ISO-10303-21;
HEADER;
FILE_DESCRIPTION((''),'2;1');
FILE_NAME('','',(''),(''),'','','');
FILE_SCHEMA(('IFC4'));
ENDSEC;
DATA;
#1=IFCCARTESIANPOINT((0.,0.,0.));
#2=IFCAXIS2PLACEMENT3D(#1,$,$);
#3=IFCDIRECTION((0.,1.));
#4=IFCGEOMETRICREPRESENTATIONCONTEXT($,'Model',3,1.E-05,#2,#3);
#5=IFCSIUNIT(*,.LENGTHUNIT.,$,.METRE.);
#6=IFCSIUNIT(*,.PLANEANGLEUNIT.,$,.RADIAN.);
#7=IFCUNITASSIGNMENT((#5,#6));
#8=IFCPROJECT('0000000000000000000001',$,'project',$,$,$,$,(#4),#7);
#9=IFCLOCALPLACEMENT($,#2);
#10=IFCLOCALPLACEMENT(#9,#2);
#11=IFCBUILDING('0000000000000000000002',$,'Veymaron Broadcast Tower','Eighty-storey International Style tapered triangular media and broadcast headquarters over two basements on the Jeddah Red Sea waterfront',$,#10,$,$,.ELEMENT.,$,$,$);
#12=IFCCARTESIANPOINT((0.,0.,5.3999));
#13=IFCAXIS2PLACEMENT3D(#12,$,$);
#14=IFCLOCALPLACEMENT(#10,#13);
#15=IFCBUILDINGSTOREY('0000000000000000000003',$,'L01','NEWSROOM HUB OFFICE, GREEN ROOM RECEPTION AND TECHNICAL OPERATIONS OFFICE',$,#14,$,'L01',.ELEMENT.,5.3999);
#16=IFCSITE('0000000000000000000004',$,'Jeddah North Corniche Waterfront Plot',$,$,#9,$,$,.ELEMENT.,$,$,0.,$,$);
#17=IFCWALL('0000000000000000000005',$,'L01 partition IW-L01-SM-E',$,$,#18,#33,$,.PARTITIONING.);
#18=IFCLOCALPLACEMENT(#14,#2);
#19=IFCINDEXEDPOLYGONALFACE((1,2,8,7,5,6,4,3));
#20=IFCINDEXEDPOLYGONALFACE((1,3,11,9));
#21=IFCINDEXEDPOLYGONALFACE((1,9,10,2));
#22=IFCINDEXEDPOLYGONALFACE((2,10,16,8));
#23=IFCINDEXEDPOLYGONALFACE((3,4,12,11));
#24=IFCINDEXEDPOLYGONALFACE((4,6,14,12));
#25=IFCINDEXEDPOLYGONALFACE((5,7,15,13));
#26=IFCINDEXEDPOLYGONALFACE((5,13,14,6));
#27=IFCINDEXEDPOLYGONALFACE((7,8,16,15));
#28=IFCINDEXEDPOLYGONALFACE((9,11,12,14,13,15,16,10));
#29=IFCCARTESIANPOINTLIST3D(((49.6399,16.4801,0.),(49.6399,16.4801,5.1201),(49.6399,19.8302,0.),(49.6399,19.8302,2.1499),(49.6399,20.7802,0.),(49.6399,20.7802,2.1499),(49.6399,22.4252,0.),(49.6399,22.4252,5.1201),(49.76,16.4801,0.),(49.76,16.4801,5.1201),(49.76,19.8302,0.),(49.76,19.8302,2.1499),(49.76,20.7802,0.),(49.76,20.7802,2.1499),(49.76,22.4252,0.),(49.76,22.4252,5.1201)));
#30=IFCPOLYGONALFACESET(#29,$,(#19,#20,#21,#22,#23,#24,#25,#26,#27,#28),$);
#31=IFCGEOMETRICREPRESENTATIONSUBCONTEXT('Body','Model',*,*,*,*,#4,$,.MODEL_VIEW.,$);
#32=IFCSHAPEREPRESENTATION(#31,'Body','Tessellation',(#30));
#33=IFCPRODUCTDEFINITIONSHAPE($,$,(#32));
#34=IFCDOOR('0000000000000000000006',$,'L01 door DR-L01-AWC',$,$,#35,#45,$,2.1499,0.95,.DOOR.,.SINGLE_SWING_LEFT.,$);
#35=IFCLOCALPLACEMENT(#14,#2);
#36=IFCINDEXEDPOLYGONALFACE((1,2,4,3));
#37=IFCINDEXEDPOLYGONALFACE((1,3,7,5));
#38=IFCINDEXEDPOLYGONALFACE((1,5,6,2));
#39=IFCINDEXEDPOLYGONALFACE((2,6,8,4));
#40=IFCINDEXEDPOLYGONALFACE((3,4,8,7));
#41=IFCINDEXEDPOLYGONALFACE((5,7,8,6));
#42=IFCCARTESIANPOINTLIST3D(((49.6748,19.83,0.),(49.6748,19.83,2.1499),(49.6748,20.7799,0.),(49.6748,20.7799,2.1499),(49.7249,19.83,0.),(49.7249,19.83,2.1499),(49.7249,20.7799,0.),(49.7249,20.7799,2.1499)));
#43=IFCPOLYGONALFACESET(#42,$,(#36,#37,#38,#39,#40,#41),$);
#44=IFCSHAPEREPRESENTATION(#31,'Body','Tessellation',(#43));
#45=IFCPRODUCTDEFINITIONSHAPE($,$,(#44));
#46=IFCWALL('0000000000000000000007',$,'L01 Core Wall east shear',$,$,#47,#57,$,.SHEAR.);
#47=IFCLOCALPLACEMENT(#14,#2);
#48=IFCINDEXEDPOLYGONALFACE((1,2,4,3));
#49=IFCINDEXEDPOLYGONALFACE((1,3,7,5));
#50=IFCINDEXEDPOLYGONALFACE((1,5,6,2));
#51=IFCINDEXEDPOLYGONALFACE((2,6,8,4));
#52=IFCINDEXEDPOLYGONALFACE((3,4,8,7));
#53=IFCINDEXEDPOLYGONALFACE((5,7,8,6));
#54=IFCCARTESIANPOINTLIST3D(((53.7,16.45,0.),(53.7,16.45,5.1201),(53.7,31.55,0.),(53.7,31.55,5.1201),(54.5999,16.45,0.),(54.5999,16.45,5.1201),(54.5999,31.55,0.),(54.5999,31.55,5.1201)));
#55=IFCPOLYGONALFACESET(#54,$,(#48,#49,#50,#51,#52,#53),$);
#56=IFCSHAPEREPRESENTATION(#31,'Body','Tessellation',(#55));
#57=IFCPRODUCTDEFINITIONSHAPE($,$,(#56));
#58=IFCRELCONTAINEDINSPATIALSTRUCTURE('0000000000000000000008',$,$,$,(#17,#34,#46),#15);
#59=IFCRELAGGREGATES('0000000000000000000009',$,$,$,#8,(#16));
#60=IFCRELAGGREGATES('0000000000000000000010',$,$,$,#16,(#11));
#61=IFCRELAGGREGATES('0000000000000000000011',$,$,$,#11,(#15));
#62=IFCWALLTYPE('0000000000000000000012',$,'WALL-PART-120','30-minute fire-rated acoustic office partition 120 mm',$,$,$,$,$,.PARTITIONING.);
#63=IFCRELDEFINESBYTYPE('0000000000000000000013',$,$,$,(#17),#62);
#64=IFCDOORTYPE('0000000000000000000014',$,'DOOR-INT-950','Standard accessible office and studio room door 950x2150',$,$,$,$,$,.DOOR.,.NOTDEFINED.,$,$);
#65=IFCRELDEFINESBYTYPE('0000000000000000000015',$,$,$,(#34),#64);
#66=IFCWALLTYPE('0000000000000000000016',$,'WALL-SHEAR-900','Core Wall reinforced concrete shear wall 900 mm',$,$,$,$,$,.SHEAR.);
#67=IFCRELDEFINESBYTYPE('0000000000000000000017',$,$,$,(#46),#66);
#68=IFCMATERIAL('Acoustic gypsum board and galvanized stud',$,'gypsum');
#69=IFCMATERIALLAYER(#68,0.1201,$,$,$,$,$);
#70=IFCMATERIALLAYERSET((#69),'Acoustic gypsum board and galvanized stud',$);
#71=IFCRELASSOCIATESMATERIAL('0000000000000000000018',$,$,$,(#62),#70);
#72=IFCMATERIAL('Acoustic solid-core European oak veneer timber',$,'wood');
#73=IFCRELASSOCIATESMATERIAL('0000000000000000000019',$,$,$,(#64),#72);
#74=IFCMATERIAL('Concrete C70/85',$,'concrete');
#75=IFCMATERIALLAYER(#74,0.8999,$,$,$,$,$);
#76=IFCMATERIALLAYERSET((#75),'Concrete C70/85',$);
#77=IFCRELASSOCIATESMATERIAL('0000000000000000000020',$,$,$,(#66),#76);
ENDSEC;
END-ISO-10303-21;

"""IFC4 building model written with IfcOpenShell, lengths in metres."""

from ifc_helpers import new_model, si_unit, direction, frame, frame_2d, origin, place, context, subcontext, project, spatial, rectangle, extrude, material, layer, layer_set, type_object, element, fill, save


model = new_model("IFC4")

# Units and contexts
model_context = context("Model", 3, precision=1e-05, world=origin(), true_north=direction((0.0, 1.0)))
body_context = subcontext(model_context, "Body", "Model", "MODEL_VIEW")
ifc_project = project(units=[si_unit("LENGTHUNIT", "METRE"), si_unit("PLANEANGLEUNIT", "RADIAN")], contexts=[model_context])

# Site, building, storey
site_placement = place(None, origin())
site = spatial("IfcSite", under=ifc_project, at=site_placement, Name="Jeddah North Corniche Waterfront Plot", CompositionType="ELEMENT", RefElevation=0.0)
building_placement = place(site_placement, origin())
building = spatial("IfcBuilding", under=site, at=building_placement, Name="Veymaron Broadcast Tower", Description="Eighty-storey International Style tapered triangular media and broadcast headquarters over two basements on the Jeddah Red Sea waterfront", CompositionType="ELEMENT")
storey_placement = place(building_placement, frame((0.0, 0.0, 5.3999)))
storey = spatial("IfcBuildingStorey", under=building, at=storey_placement, Name="L01", Description="NEWSROOM HUB OFFICE, GREEN ROOM RECEPTION AND TECHNICAL OPERATIONS OFFICE", LongName="L01", CompositionType="ELEMENT", Elevation=5.3999)

# Wall, opening, door
ifc_material_1 = material(Name="Acoustic gypsum board and galvanized stud", Category="gypsum")
ifc_layer_1 = layer(ifc_material_1, 0.1201)
ifc_layer_set_1 = layer_set([ifc_layer_1], Name="Acoustic gypsum board and galvanized stud")
wall_type_1 = type_object("IfcWallType", Name="WALL-PART-120", Description="30-minute fire-rated acoustic office partition 120 mm", PredefinedType="PARTITIONING", material=ifc_layer_set_1)
wall_1_placement = place(storey_placement, frame((49.7, 16.48, 0.0), z_axis=(0.0, 0.0, 1.0), x_axis=(0.0, 1.0, 0.0)))
wall_1 = element("IfcWall", 1, at=wall_1_placement, inside=storey, type_object=wall_type_1, Name="L01 partition IW-L01-SM-E", PredefinedType="PARTITIONING", context=body_context, shape_type="SweptSolid", body=[
    extrude(rectangle(XDim=5.9451, YDim=0.1201, at=frame_2d((2.9727, 0.0))), origin(), (0.0, 0.0, 1.0), 5.1201),
])
opening_1_placement = place(wall_1_placement, frame((3.3501, 0.0, 0.0)))
opening_1 = element("IfcOpeningElement", 2, at=opening_1_placement, cuts=wall_1, PredefinedType="OPENING", context=body_context, shape_type="SweptSolid", body=[
    extrude(rectangle(XDim=0.95, YDim=2.1499, at=frame_2d((0.4751, 1.075))), frame((0.0, 0.0701, 0.0), z_axis=(0.0, -1.0, 0.0), x_axis=(1.0, 0.0, 0.0)), (0.0, 0.0, 1.0), 0.1401),
])
ifc_material_2 = material(Name="Acoustic solid-core European oak veneer timber", Category="wood")
door_type_1 = type_object("IfcDoorType", Name="DOOR-INT-950", Description="Standard accessible office and studio room door 950x2150", OperationType="NOTDEFINED", PredefinedType="DOOR", material=ifc_material_2)
door_1_placement = place(opening_1_placement, frame((0.95, 0.0, 0.0), z_axis=(0.0, 0.0, 1.0), x_axis=(-1.0, 0.0, 0.0)))
door_1 = element("IfcDoor", 3, at=door_1_placement, inside=storey, type_object=door_type_1, Name="L01 door DR-L01-AWC", OperationType="SINGLE_SWING_LEFT", OverallHeight=2.1499, OverallWidth=0.95, PredefinedType="DOOR", context=body_context, shape_type="SweptSolid", body=[
    extrude(rectangle(XDim=0.95, YDim=2.1499, at=frame_2d((0.4751, 1.075))), frame((0.0, 0.0249, 0.0), z_axis=(0.0, -1.0, 0.0), x_axis=(1.0, 0.0, 0.0)), (0.0, 0.0, 1.0), 0.05),
])
fill(opening_1, door_1)

# Wall
ifc_material_3 = material(Name="Concrete C70/85", Category="concrete")
ifc_layer_2 = layer(ifc_material_3, 0.8999)
ifc_layer_set_2 = layer_set([ifc_layer_2], Name="Concrete C70/85")
wall_type_2 = type_object("IfcWallType", Name="WALL-SHEAR-900", Description="Core Wall reinforced concrete shear wall 900 mm", PredefinedType="SHEAR", material=ifc_layer_set_2)
wall_2_placement = place(storey_placement, frame((54.1499, 16.45, 0.0), z_axis=(0.0, 0.0, 1.0), x_axis=(0.0, 1.0, 0.0)))
element("IfcWall", 4, at=wall_2_placement, inside=storey, type_object=wall_type_2, Name="L01 Core Wall east shear", PredefinedType="SHEAR", context=body_context, shape_type="SweptSolid", body=[
    extrude(rectangle(XDim=15.1001, YDim=0.8999, at=frame_2d((7.55, 0.0))), origin(), (0.0, 0.0, 1.0), 5.1201),
])

save(model, "model.ifc")
